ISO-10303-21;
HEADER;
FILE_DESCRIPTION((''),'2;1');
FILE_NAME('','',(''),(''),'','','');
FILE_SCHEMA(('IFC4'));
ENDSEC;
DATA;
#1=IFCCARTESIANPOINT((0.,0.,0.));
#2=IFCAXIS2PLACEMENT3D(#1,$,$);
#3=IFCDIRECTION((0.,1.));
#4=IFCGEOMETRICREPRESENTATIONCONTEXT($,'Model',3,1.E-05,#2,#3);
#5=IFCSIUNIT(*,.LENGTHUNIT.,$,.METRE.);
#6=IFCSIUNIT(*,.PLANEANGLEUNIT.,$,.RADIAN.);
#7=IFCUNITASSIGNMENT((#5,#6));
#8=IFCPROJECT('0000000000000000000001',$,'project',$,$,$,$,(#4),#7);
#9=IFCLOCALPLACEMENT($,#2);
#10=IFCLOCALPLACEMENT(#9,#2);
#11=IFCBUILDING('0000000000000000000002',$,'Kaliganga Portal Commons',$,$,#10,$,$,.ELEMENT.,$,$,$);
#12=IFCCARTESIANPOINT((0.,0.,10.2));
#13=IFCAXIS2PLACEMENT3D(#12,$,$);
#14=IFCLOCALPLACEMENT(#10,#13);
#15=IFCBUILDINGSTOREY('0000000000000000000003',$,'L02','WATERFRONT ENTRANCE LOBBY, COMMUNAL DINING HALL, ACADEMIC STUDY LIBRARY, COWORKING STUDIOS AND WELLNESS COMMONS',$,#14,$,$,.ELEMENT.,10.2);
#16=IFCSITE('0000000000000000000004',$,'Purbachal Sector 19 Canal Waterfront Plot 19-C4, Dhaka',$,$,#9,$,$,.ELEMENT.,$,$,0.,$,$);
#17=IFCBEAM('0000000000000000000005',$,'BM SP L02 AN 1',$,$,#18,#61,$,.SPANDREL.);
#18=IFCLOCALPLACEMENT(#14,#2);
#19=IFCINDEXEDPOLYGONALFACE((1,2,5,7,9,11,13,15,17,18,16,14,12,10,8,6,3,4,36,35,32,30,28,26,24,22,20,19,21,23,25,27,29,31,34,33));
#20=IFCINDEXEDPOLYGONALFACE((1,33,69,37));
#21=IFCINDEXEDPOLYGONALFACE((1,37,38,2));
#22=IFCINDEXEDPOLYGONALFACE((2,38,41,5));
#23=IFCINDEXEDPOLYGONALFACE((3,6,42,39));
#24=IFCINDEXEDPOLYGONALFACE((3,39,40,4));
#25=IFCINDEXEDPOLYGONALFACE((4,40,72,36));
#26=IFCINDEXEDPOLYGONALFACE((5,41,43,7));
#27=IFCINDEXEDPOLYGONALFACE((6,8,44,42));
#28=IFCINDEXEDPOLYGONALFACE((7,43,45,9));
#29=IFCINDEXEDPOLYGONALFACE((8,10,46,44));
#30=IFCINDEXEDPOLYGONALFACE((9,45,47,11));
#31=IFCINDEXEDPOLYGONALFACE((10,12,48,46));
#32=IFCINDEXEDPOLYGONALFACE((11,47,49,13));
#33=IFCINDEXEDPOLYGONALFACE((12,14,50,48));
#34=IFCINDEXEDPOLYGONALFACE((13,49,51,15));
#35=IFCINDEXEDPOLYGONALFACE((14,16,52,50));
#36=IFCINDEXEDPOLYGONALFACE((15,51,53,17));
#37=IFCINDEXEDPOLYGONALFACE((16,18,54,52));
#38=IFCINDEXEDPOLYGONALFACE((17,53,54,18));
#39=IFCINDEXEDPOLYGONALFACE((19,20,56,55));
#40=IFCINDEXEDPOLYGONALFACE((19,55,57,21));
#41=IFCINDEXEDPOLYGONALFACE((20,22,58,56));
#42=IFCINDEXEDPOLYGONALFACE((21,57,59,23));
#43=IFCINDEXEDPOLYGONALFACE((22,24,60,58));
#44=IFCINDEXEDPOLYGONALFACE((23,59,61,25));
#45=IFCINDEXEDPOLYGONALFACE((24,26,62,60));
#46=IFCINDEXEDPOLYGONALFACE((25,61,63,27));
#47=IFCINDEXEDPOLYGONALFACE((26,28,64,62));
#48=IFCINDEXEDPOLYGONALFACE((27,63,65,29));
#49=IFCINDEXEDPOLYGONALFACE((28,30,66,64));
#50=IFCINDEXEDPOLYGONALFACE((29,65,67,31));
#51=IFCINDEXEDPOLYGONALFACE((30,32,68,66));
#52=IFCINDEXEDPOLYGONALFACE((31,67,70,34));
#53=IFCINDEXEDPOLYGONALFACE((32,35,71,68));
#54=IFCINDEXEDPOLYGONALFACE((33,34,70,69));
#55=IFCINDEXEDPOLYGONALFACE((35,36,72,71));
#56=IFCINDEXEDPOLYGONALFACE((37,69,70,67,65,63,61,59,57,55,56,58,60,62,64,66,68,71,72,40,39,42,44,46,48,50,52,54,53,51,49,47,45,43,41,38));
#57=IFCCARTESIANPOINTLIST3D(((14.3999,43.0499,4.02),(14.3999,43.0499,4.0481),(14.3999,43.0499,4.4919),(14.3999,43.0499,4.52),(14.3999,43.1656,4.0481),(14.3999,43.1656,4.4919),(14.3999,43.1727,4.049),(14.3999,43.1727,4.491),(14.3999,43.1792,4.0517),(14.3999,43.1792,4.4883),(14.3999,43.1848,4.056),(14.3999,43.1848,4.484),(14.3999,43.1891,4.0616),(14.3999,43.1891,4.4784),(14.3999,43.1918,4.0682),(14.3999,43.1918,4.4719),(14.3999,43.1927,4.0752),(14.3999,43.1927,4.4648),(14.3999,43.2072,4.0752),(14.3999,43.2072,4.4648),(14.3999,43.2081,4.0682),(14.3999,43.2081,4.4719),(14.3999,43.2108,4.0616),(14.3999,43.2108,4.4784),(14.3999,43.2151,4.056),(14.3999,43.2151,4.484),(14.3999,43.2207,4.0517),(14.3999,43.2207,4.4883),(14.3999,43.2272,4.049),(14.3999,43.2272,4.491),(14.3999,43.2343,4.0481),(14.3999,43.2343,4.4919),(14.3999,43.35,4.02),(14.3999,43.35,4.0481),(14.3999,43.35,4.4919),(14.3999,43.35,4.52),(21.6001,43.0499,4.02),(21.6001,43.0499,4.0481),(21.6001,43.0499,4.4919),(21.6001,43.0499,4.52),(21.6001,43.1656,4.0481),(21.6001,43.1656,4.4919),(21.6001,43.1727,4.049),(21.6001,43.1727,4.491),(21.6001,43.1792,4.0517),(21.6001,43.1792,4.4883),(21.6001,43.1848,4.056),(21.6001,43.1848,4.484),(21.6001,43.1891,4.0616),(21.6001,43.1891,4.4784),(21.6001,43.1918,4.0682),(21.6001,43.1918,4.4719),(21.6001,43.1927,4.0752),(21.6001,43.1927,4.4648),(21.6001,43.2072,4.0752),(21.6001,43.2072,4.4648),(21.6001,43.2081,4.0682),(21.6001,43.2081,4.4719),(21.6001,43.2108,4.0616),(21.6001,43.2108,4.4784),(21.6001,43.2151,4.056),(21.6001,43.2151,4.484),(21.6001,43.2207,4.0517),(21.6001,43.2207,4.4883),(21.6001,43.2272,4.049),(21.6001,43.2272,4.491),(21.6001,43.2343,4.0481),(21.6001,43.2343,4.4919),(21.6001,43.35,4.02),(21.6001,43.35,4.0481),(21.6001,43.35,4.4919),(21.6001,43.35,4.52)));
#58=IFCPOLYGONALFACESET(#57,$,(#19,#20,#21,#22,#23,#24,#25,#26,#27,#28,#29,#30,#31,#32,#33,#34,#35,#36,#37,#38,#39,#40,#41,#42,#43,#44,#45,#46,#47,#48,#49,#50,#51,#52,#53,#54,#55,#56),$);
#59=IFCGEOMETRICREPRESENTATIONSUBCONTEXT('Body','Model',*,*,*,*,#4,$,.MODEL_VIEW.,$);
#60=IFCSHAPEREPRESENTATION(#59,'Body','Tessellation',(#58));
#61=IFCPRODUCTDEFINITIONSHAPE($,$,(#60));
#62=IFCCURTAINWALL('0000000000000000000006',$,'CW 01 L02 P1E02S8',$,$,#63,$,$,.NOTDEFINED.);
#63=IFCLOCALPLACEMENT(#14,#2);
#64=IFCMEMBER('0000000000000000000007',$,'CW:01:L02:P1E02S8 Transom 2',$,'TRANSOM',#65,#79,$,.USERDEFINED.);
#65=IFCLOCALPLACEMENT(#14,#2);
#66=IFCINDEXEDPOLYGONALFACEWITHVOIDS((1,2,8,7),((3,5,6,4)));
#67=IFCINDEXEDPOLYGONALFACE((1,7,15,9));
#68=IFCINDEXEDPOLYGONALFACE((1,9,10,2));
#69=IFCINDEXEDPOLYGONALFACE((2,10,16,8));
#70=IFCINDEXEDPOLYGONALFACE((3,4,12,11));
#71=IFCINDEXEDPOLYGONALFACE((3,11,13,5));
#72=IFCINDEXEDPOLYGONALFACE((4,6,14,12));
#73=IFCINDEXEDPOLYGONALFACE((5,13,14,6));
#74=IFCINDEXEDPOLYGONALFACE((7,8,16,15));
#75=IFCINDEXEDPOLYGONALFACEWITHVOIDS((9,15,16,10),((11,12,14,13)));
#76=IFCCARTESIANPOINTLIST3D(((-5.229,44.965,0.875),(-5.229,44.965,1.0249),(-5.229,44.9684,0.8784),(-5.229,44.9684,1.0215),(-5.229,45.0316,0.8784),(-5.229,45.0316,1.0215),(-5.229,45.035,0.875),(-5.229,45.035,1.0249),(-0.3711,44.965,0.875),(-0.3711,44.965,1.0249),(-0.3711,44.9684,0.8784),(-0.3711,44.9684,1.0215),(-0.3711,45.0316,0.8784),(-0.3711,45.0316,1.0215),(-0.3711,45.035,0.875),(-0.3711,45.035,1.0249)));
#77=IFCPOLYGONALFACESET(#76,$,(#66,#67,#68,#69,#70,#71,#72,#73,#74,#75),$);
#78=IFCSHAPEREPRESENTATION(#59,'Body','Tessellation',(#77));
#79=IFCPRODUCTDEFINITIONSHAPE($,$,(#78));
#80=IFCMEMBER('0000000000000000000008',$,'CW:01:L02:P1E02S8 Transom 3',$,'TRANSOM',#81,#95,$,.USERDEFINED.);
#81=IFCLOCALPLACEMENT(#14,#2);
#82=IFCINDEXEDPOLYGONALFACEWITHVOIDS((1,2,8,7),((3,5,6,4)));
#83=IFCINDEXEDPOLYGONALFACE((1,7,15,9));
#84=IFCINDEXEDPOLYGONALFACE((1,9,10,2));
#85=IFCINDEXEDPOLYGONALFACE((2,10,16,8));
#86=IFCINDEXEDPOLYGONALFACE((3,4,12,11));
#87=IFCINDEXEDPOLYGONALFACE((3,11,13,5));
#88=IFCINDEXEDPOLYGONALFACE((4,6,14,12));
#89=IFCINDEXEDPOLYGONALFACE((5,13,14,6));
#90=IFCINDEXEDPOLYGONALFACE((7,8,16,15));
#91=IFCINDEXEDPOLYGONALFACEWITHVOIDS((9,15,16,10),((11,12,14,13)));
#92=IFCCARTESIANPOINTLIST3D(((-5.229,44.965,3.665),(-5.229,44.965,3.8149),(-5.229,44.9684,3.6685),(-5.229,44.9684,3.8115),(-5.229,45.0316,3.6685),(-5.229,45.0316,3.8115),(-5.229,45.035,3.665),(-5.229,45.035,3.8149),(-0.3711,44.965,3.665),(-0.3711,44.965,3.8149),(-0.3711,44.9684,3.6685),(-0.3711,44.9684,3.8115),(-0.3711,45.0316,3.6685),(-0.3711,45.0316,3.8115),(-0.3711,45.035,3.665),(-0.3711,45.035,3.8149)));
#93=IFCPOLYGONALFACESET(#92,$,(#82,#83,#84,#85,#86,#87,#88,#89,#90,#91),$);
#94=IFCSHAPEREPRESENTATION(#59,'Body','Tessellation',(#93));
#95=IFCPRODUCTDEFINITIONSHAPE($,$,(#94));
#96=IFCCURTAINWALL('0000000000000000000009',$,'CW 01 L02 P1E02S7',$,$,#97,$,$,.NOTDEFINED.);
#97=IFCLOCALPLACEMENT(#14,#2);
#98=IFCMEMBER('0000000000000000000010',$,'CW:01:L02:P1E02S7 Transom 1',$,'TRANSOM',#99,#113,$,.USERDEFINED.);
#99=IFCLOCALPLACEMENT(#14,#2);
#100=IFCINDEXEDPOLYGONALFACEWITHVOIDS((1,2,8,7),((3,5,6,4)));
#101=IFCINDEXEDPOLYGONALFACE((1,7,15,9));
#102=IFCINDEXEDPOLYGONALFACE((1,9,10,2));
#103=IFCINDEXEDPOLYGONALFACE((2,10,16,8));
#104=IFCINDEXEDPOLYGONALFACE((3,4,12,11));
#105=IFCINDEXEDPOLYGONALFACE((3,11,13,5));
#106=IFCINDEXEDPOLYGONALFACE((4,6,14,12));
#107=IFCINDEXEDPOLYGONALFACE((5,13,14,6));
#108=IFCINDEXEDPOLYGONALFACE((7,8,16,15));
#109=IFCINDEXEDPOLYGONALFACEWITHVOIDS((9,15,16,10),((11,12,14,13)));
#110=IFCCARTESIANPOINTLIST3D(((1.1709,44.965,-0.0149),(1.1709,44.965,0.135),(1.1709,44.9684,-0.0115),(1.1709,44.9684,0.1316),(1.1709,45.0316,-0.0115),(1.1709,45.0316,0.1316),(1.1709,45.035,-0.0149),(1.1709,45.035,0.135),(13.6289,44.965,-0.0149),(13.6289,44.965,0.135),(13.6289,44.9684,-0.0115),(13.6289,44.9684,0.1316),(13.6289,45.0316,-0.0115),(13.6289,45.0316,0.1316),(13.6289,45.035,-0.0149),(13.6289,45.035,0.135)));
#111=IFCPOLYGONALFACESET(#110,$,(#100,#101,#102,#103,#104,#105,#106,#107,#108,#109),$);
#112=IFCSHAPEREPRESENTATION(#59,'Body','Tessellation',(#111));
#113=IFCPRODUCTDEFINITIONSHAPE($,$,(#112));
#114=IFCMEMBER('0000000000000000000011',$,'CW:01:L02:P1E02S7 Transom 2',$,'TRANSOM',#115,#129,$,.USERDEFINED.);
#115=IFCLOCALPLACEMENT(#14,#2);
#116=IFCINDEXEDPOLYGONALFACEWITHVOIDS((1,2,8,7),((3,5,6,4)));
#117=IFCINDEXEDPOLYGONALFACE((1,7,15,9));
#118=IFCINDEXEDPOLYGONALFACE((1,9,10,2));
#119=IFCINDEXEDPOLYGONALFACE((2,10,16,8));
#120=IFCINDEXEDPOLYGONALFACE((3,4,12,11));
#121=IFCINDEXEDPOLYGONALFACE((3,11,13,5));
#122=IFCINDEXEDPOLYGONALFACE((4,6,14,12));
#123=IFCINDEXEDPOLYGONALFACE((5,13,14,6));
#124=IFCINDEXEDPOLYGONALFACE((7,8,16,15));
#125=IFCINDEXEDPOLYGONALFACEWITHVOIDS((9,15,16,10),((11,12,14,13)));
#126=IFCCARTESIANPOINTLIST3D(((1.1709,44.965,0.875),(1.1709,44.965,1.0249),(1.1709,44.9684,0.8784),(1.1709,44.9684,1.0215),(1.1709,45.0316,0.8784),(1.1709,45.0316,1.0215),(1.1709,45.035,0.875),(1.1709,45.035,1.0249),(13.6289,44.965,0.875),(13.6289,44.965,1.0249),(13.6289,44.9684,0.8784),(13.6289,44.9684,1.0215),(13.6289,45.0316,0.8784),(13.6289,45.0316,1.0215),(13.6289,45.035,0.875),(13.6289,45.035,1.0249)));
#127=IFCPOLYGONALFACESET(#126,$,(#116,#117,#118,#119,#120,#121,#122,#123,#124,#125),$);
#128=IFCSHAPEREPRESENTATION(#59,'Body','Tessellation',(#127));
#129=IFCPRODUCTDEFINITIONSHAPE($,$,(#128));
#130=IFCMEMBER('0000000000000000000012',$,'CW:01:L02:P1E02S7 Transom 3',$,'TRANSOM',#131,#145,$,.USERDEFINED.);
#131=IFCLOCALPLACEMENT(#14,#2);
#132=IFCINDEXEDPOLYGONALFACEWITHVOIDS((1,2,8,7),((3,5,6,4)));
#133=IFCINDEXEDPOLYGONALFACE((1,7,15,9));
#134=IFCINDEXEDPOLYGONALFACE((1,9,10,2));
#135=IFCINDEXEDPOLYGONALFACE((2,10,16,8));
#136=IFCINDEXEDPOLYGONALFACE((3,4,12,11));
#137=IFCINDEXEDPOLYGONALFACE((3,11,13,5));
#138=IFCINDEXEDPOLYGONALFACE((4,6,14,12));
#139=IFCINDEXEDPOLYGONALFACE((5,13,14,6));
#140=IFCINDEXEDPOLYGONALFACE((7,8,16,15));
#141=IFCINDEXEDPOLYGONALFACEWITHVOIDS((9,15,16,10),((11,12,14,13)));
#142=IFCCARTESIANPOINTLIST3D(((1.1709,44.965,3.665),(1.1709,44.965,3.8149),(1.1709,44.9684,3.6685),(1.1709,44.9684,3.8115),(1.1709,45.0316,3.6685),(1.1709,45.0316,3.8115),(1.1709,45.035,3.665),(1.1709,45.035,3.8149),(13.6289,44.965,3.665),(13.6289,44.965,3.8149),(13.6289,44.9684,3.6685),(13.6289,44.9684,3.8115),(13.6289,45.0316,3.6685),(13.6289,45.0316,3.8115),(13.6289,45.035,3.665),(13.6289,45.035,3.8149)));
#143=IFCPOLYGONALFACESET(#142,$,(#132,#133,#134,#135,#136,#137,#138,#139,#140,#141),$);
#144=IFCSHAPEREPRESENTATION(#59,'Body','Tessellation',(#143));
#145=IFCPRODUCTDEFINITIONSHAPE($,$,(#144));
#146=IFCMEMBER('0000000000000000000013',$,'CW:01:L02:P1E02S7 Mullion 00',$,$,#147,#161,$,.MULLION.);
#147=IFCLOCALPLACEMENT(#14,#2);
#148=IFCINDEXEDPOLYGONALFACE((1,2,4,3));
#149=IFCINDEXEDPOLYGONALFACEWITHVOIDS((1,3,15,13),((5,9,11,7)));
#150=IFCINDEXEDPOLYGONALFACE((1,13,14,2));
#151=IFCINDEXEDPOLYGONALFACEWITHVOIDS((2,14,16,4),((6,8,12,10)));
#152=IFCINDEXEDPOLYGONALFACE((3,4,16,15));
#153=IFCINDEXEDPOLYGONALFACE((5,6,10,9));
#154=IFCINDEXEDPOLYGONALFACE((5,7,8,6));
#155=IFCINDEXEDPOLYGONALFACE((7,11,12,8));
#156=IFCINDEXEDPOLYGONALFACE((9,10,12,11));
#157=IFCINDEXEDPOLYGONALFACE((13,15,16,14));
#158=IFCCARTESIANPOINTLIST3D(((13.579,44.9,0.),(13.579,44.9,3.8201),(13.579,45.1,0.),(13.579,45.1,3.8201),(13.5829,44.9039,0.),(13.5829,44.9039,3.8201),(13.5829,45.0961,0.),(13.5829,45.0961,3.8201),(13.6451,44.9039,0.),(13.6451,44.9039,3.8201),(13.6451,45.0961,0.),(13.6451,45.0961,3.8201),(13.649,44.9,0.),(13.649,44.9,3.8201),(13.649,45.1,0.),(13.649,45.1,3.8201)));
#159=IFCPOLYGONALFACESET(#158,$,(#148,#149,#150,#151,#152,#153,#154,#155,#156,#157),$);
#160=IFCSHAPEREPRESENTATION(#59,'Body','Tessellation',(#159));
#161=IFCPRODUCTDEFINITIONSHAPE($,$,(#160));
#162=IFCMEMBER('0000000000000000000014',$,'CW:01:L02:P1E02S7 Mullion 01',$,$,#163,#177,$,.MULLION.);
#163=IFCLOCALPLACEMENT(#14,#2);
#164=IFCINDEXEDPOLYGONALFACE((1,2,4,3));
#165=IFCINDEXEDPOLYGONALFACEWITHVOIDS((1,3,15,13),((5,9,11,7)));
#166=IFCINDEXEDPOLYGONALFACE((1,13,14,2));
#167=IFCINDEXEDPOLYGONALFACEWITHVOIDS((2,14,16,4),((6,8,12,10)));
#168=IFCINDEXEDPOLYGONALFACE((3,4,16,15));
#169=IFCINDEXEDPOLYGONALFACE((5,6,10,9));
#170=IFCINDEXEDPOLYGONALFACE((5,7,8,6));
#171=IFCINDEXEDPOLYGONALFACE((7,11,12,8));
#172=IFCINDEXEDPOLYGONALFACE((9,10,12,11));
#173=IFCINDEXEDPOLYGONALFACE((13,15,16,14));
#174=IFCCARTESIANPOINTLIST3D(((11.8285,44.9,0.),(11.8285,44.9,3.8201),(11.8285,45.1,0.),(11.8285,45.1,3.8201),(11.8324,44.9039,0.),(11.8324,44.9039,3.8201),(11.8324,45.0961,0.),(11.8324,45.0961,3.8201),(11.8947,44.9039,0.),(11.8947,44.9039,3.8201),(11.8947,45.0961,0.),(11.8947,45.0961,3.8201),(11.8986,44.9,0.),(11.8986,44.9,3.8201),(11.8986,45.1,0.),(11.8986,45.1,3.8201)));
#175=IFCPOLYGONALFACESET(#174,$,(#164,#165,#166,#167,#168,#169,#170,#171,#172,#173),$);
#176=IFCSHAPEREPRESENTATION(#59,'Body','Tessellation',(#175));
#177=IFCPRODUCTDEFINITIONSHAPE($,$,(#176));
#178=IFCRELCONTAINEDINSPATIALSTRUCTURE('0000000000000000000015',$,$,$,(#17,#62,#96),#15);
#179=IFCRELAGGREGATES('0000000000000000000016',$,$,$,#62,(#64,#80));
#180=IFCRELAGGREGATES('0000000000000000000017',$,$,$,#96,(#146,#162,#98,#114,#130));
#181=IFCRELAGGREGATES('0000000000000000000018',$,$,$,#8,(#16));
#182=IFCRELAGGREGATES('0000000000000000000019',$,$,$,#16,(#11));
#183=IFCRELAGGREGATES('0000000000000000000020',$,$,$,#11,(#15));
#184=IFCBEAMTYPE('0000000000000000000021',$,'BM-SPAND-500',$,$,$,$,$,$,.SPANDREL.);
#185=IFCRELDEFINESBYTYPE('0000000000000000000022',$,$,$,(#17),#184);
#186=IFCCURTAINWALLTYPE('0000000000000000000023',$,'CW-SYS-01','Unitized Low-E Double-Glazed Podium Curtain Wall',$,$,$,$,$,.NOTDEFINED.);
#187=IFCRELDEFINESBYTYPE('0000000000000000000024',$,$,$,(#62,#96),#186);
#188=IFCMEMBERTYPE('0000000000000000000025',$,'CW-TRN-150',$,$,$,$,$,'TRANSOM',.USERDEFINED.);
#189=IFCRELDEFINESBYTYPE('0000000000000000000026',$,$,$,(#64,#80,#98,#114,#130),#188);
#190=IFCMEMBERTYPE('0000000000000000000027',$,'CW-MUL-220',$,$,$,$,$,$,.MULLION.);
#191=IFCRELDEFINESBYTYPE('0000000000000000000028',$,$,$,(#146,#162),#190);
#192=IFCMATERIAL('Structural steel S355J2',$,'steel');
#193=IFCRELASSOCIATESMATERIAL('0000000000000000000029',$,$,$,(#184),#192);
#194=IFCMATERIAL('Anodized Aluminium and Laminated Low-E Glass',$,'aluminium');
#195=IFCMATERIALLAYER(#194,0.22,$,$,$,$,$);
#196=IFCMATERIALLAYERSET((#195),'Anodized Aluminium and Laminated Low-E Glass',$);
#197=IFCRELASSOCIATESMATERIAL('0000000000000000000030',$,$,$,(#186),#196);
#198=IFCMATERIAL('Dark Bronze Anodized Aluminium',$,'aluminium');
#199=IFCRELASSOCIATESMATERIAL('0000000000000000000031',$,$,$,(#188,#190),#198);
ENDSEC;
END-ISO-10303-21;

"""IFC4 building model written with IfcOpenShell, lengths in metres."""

from ifc_helpers import new_model, si_unit, direction, frame, origin, origin_2d, place, context, subcontext, project, spatial, hollow_rectangle, i_section, extrude, source, transform, mapped, material, layer, layer_set, material_profile, profile_set, type_object, element, aggregate, save


model = new_model("IFC4")

# Units and contexts
model_context = context("Model", 3, precision=1e-05, world=origin(), true_north=direction((0.0, 1.0)))
body_context = subcontext(model_context, "Body", "Model", "MODEL_VIEW")
ifc_project = project(units=[si_unit("LENGTHUNIT", "METRE"), si_unit("PLANEANGLEUNIT", "RADIAN")], contexts=[model_context])

# Site, building, storey
site_placement = place(None, origin())
site = spatial("IfcSite", under=ifc_project, at=site_placement, Name="Purbachal Sector 19 Canal Waterfront Plot 19-C4, Dhaka", CompositionType="ELEMENT", RefElevation=0.0)
building_placement = place(site_placement, origin())
building = spatial("IfcBuilding", under=site, at=building_placement, Name="Kaliganga Portal Commons", CompositionType="ELEMENT")
storey_placement = place(building_placement, frame((0.0, 0.0, 10.2)))
storey = spatial("IfcBuildingStorey", under=building, at=storey_placement, Name="L02", Description="WATERFRONT ENTRANCE LOBBY, COMMUNAL DINING HALL, ACADEMIC STUDY LIBRARY, COWORKING STUDIOS AND WELLNESS COMMONS", CompositionType="ELEMENT", Elevation=10.2)

# Beam
ifc_material_1 = material(Name="Structural steel S355J2", Category="steel")
ifc_material_profile_1 = material_profile(ifc_material_1, i_section(OverallWidth=0.3, OverallDepth=0.5, WebThickness=0.0144, FlangeThickness=0.0281, FilletRadius=0.0271, at=origin_2d()), Name="HE 500 B")
ifc_profile_set_1 = profile_set([ifc_material_profile_1], Name="Structural steel S355J2 wide-flange")
beam_type_1 = type_object("IfcBeamType", Name="BM-SPAND-500", PredefinedType="SPANDREL", material=ifc_profile_set_1)
shared_shape_1 = source(origin(), body_context, "Body", "SweptSolid", [
    extrude(i_section(OverallWidth=0.3, OverallDepth=0.5, WebThickness=0.0144, FlangeThickness=0.0281, FilletRadius=0.0271, at=origin_2d()), origin(), (0.0, 0.0, 1.0), 7.2002),
])
beam_1_placement = place(storey_placement, frame((14.3999, 43.2, 4.27), z_axis=(1.0, 0.0, 0.0), x_axis=(0.0, 1.0, 0.0)))
element("IfcBeam", 1, at=beam_1_placement, inside=storey, type_object=beam_type_1, Name="BM SP L02 AN 1", PredefinedType="SPANDREL", context=body_context, shape_type="MappedRepresentation", body=[
    mapped(shared_shape_1, transform((0.0, 0.0, 0.0), x_axis=(1.0, 0.0, 0.0), y_axis=(0.0, 1.0, 0.0), z_axis=(0.0, 0.0, 1.0), scale=1.0)),
])

# Curtain wall, members
ifc_material_2 = material(Name="Anodized Aluminium and Laminated Low-E Glass", Category="aluminium")
ifc_layer_1 = layer(ifc_material_2, 0.22)
ifc_layer_set_1 = layer_set([ifc_layer_1], Name="Anodized Aluminium and Laminated Low-E Glass")
curtain_wall_type = type_object("IfcCurtainWallType", Name="CW-SYS-01", Description="Unitized Low-E Double-Glazed Podium Curtain Wall", PredefinedType="NOTDEFINED", material=ifc_layer_set_1)
curtain_wall_1_placement = place(storey_placement, origin())
curtain_wall_1 = element("IfcCurtainWall", 2, at=curtain_wall_1_placement, inside=storey, type_object=curtain_wall_type, Name="CW 01 L02 P1E02S8", PredefinedType="NOTDEFINED")
ifc_material_3 = material(Name="Dark Bronze Anodized Aluminium", Category="aluminium")
ifc_material_profile_2 = material_profile(ifc_material_3, hollow_rectangle(XDim=0.0701, YDim=0.1499, WallThickness=0.0034, at=origin_2d()), Name="ALU TRAN 70x150x3.5")
ifc_profile_set_2 = profile_set([ifc_material_profile_2], Name="Dark Bronze Anodized Aluminium")
member_type_1 = type_object("IfcMemberType", Name="CW-TRN-150", ElementType="TRANSOM", PredefinedType="USERDEFINED", material=ifc_profile_set_2)
shared_shape_2 = source(origin(), body_context, "Body", "SweptSolid", [
    extrude(hollow_rectangle(XDim=0.0701, YDim=0.1499, WallThickness=0.0034, at=origin_2d()), origin(), (0.0, 0.0, 1.0), 4.8579),
])
member_1_placement = place(storey_placement, frame((-0.3711, 45.0, 0.95), z_axis=(-1.0, 0.0, 0.0), x_axis=(0.0, -1.0, 0.0)))
member_1 = element("IfcMember", 3, at=member_1_placement, type_object=member_type_1, Name="CW:01:L02:P1E02S8 Transom 2", ObjectType="TRANSOM", PredefinedType="USERDEFINED", context=body_context, shape_type="MappedRepresentation", body=[
    mapped(shared_shape_2, transform((0.0, 0.0, 0.0), x_axis=(1.0, 0.0, 0.0), y_axis=(0.0, 1.0, 0.0), z_axis=(0.0, 0.0, 1.0), scale=1.0)),
])
member_2_placement = place(storey_placement, frame((-0.3711, 45.0, 3.74), z_axis=(-1.0, 0.0, 0.0), x_axis=(0.0, -1.0, 0.0)))
member_2 = element("IfcMember", 4, at=member_2_placement, type_object=member_type_1, Name="CW:01:L02:P1E02S8 Transom 3", ObjectType="TRANSOM", PredefinedType="USERDEFINED", context=body_context, shape_type="MappedRepresentation", body=[
    mapped(shared_shape_2, transform((0.0, 0.0, 0.0), x_axis=(1.0, 0.0, 0.0), y_axis=(0.0, 1.0, 0.0), z_axis=(0.0, 0.0, 1.0), scale=1.0)),
])
aggregate(curtain_wall_1, [member_1, member_2])

# Curtain wall, members
curtain_wall_2_placement = place(storey_placement, origin())
curtain_wall_2 = element("IfcCurtainWall", 5, at=curtain_wall_2_placement, inside=storey, type_object=curtain_wall_type, Name="CW 01 L02 P1E02S7", PredefinedType="NOTDEFINED")
shared_shape_3 = source(origin(), body_context, "Body", "SweptSolid", [
    extrude(hollow_rectangle(XDim=0.0701, YDim=0.1499, WallThickness=0.0034, at=origin_2d()), origin(), (0.0, 0.0, 1.0), 12.458),
])
member_3_placement = place(storey_placement, frame((13.6289, 45.0, 0.0601), z_axis=(-1.0, 0.0, 0.0), x_axis=(0.0, -1.0, 0.0)))
member_3 = element("IfcMember", 6, at=member_3_placement, type_object=member_type_1, Name="CW:01:L02:P1E02S7 Transom 1", ObjectType="TRANSOM", PredefinedType="USERDEFINED", context=body_context, shape_type="MappedRepresentation", body=[
    mapped(shared_shape_3, transform((0.0, 0.0, 0.0), x_axis=(1.0, 0.0, 0.0), y_axis=(0.0, 1.0, 0.0), z_axis=(0.0, 0.0, 1.0), scale=1.0)),
])
member_4_placement = place(storey_placement, frame((13.6289, 45.0, 0.95), z_axis=(-1.0, 0.0, 0.0), x_axis=(0.0, -1.0, 0.0)))
member_4 = element("IfcMember", 7, at=member_4_placement, type_object=member_type_1, Name="CW:01:L02:P1E02S7 Transom 2", ObjectType="TRANSOM", PredefinedType="USERDEFINED", context=body_context, shape_type="MappedRepresentation", body=[
    mapped(shared_shape_3, transform((0.0, 0.0, 0.0), x_axis=(1.0, 0.0, 0.0), y_axis=(0.0, 1.0, 0.0), z_axis=(0.0, 0.0, 1.0), scale=1.0)),
])
member_5_placement = place(storey_placement, frame((13.6289, 45.0, 3.74), z_axis=(-1.0, 0.0, 0.0), x_axis=(0.0, -1.0, 0.0)))
member_5 = element("IfcMember", 8, at=member_5_placement, type_object=member_type_1, Name="CW:01:L02:P1E02S7 Transom 3", ObjectType="TRANSOM", PredefinedType="USERDEFINED", context=body_context, shape_type="MappedRepresentation", body=[
    mapped(shared_shape_3, transform((0.0, 0.0, 0.0), x_axis=(1.0, 0.0, 0.0), y_axis=(0.0, 1.0, 0.0), z_axis=(0.0, 0.0, 1.0), scale=1.0)),
])
ifc_material_profile_3 = material_profile(ifc_material_3, hollow_rectangle(XDim=0.0701, YDim=0.2, WallThickness=0.0039, at=origin_2d()), Name="ALU MULL 70x200x4")
ifc_profile_set_3 = profile_set([ifc_material_profile_3], Name="Dark Bronze Anodized Aluminium")
member_type_2 = type_object("IfcMemberType", Name="CW-MUL-220", PredefinedType="MULLION", material=ifc_profile_set_3)
shared_shape_4 = source(origin(), body_context, "Body", "SweptSolid", [
    extrude(hollow_rectangle(XDim=0.0701, YDim=0.2, WallThickness=0.0039, at=origin_2d()), origin(), (0.0, 0.0, 1.0), 3.8201),
])
member_6_placement = place(storey_placement, frame((13.614, 45.0, 0.0), z_axis=(0.0, 0.0, 1.0), x_axis=(-1.0, 0.0, 0.0)))
member_6 = element("IfcMember", 9, at=member_6_placement, type_object=member_type_2, Name="CW:01:L02:P1E02S7 Mullion 00", PredefinedType="MULLION", context=body_context, shape_type="MappedRepresentation", body=[
    mapped(shared_shape_4, transform((0.0, 0.0, 0.0), x_axis=(1.0, 0.0, 0.0), y_axis=(0.0, 1.0, 0.0), z_axis=(0.0, 0.0, 1.0), scale=1.0)),
])
member_7_placement = place(storey_placement, frame((11.8635, 45.0, 0.0), z_axis=(0.0, 0.0, 1.0), x_axis=(-1.0, 0.0, 0.0)))
member_7 = element("IfcMember", 10, at=member_7_placement, type_object=member_type_2, Name="CW:01:L02:P1E02S7 Mullion 01", PredefinedType="MULLION", context=body_context, shape_type="MappedRepresentation", body=[
    mapped(shared_shape_4, transform((0.0, 0.0, 0.0), x_axis=(1.0, 0.0, 0.0), y_axis=(0.0, 1.0, 0.0), z_axis=(0.0, 0.0, 1.0), scale=1.0)),
])
aggregate(curtain_wall_2, [member_6, member_7, member_3, member_4, member_5])

save(model, "model.ifc")
